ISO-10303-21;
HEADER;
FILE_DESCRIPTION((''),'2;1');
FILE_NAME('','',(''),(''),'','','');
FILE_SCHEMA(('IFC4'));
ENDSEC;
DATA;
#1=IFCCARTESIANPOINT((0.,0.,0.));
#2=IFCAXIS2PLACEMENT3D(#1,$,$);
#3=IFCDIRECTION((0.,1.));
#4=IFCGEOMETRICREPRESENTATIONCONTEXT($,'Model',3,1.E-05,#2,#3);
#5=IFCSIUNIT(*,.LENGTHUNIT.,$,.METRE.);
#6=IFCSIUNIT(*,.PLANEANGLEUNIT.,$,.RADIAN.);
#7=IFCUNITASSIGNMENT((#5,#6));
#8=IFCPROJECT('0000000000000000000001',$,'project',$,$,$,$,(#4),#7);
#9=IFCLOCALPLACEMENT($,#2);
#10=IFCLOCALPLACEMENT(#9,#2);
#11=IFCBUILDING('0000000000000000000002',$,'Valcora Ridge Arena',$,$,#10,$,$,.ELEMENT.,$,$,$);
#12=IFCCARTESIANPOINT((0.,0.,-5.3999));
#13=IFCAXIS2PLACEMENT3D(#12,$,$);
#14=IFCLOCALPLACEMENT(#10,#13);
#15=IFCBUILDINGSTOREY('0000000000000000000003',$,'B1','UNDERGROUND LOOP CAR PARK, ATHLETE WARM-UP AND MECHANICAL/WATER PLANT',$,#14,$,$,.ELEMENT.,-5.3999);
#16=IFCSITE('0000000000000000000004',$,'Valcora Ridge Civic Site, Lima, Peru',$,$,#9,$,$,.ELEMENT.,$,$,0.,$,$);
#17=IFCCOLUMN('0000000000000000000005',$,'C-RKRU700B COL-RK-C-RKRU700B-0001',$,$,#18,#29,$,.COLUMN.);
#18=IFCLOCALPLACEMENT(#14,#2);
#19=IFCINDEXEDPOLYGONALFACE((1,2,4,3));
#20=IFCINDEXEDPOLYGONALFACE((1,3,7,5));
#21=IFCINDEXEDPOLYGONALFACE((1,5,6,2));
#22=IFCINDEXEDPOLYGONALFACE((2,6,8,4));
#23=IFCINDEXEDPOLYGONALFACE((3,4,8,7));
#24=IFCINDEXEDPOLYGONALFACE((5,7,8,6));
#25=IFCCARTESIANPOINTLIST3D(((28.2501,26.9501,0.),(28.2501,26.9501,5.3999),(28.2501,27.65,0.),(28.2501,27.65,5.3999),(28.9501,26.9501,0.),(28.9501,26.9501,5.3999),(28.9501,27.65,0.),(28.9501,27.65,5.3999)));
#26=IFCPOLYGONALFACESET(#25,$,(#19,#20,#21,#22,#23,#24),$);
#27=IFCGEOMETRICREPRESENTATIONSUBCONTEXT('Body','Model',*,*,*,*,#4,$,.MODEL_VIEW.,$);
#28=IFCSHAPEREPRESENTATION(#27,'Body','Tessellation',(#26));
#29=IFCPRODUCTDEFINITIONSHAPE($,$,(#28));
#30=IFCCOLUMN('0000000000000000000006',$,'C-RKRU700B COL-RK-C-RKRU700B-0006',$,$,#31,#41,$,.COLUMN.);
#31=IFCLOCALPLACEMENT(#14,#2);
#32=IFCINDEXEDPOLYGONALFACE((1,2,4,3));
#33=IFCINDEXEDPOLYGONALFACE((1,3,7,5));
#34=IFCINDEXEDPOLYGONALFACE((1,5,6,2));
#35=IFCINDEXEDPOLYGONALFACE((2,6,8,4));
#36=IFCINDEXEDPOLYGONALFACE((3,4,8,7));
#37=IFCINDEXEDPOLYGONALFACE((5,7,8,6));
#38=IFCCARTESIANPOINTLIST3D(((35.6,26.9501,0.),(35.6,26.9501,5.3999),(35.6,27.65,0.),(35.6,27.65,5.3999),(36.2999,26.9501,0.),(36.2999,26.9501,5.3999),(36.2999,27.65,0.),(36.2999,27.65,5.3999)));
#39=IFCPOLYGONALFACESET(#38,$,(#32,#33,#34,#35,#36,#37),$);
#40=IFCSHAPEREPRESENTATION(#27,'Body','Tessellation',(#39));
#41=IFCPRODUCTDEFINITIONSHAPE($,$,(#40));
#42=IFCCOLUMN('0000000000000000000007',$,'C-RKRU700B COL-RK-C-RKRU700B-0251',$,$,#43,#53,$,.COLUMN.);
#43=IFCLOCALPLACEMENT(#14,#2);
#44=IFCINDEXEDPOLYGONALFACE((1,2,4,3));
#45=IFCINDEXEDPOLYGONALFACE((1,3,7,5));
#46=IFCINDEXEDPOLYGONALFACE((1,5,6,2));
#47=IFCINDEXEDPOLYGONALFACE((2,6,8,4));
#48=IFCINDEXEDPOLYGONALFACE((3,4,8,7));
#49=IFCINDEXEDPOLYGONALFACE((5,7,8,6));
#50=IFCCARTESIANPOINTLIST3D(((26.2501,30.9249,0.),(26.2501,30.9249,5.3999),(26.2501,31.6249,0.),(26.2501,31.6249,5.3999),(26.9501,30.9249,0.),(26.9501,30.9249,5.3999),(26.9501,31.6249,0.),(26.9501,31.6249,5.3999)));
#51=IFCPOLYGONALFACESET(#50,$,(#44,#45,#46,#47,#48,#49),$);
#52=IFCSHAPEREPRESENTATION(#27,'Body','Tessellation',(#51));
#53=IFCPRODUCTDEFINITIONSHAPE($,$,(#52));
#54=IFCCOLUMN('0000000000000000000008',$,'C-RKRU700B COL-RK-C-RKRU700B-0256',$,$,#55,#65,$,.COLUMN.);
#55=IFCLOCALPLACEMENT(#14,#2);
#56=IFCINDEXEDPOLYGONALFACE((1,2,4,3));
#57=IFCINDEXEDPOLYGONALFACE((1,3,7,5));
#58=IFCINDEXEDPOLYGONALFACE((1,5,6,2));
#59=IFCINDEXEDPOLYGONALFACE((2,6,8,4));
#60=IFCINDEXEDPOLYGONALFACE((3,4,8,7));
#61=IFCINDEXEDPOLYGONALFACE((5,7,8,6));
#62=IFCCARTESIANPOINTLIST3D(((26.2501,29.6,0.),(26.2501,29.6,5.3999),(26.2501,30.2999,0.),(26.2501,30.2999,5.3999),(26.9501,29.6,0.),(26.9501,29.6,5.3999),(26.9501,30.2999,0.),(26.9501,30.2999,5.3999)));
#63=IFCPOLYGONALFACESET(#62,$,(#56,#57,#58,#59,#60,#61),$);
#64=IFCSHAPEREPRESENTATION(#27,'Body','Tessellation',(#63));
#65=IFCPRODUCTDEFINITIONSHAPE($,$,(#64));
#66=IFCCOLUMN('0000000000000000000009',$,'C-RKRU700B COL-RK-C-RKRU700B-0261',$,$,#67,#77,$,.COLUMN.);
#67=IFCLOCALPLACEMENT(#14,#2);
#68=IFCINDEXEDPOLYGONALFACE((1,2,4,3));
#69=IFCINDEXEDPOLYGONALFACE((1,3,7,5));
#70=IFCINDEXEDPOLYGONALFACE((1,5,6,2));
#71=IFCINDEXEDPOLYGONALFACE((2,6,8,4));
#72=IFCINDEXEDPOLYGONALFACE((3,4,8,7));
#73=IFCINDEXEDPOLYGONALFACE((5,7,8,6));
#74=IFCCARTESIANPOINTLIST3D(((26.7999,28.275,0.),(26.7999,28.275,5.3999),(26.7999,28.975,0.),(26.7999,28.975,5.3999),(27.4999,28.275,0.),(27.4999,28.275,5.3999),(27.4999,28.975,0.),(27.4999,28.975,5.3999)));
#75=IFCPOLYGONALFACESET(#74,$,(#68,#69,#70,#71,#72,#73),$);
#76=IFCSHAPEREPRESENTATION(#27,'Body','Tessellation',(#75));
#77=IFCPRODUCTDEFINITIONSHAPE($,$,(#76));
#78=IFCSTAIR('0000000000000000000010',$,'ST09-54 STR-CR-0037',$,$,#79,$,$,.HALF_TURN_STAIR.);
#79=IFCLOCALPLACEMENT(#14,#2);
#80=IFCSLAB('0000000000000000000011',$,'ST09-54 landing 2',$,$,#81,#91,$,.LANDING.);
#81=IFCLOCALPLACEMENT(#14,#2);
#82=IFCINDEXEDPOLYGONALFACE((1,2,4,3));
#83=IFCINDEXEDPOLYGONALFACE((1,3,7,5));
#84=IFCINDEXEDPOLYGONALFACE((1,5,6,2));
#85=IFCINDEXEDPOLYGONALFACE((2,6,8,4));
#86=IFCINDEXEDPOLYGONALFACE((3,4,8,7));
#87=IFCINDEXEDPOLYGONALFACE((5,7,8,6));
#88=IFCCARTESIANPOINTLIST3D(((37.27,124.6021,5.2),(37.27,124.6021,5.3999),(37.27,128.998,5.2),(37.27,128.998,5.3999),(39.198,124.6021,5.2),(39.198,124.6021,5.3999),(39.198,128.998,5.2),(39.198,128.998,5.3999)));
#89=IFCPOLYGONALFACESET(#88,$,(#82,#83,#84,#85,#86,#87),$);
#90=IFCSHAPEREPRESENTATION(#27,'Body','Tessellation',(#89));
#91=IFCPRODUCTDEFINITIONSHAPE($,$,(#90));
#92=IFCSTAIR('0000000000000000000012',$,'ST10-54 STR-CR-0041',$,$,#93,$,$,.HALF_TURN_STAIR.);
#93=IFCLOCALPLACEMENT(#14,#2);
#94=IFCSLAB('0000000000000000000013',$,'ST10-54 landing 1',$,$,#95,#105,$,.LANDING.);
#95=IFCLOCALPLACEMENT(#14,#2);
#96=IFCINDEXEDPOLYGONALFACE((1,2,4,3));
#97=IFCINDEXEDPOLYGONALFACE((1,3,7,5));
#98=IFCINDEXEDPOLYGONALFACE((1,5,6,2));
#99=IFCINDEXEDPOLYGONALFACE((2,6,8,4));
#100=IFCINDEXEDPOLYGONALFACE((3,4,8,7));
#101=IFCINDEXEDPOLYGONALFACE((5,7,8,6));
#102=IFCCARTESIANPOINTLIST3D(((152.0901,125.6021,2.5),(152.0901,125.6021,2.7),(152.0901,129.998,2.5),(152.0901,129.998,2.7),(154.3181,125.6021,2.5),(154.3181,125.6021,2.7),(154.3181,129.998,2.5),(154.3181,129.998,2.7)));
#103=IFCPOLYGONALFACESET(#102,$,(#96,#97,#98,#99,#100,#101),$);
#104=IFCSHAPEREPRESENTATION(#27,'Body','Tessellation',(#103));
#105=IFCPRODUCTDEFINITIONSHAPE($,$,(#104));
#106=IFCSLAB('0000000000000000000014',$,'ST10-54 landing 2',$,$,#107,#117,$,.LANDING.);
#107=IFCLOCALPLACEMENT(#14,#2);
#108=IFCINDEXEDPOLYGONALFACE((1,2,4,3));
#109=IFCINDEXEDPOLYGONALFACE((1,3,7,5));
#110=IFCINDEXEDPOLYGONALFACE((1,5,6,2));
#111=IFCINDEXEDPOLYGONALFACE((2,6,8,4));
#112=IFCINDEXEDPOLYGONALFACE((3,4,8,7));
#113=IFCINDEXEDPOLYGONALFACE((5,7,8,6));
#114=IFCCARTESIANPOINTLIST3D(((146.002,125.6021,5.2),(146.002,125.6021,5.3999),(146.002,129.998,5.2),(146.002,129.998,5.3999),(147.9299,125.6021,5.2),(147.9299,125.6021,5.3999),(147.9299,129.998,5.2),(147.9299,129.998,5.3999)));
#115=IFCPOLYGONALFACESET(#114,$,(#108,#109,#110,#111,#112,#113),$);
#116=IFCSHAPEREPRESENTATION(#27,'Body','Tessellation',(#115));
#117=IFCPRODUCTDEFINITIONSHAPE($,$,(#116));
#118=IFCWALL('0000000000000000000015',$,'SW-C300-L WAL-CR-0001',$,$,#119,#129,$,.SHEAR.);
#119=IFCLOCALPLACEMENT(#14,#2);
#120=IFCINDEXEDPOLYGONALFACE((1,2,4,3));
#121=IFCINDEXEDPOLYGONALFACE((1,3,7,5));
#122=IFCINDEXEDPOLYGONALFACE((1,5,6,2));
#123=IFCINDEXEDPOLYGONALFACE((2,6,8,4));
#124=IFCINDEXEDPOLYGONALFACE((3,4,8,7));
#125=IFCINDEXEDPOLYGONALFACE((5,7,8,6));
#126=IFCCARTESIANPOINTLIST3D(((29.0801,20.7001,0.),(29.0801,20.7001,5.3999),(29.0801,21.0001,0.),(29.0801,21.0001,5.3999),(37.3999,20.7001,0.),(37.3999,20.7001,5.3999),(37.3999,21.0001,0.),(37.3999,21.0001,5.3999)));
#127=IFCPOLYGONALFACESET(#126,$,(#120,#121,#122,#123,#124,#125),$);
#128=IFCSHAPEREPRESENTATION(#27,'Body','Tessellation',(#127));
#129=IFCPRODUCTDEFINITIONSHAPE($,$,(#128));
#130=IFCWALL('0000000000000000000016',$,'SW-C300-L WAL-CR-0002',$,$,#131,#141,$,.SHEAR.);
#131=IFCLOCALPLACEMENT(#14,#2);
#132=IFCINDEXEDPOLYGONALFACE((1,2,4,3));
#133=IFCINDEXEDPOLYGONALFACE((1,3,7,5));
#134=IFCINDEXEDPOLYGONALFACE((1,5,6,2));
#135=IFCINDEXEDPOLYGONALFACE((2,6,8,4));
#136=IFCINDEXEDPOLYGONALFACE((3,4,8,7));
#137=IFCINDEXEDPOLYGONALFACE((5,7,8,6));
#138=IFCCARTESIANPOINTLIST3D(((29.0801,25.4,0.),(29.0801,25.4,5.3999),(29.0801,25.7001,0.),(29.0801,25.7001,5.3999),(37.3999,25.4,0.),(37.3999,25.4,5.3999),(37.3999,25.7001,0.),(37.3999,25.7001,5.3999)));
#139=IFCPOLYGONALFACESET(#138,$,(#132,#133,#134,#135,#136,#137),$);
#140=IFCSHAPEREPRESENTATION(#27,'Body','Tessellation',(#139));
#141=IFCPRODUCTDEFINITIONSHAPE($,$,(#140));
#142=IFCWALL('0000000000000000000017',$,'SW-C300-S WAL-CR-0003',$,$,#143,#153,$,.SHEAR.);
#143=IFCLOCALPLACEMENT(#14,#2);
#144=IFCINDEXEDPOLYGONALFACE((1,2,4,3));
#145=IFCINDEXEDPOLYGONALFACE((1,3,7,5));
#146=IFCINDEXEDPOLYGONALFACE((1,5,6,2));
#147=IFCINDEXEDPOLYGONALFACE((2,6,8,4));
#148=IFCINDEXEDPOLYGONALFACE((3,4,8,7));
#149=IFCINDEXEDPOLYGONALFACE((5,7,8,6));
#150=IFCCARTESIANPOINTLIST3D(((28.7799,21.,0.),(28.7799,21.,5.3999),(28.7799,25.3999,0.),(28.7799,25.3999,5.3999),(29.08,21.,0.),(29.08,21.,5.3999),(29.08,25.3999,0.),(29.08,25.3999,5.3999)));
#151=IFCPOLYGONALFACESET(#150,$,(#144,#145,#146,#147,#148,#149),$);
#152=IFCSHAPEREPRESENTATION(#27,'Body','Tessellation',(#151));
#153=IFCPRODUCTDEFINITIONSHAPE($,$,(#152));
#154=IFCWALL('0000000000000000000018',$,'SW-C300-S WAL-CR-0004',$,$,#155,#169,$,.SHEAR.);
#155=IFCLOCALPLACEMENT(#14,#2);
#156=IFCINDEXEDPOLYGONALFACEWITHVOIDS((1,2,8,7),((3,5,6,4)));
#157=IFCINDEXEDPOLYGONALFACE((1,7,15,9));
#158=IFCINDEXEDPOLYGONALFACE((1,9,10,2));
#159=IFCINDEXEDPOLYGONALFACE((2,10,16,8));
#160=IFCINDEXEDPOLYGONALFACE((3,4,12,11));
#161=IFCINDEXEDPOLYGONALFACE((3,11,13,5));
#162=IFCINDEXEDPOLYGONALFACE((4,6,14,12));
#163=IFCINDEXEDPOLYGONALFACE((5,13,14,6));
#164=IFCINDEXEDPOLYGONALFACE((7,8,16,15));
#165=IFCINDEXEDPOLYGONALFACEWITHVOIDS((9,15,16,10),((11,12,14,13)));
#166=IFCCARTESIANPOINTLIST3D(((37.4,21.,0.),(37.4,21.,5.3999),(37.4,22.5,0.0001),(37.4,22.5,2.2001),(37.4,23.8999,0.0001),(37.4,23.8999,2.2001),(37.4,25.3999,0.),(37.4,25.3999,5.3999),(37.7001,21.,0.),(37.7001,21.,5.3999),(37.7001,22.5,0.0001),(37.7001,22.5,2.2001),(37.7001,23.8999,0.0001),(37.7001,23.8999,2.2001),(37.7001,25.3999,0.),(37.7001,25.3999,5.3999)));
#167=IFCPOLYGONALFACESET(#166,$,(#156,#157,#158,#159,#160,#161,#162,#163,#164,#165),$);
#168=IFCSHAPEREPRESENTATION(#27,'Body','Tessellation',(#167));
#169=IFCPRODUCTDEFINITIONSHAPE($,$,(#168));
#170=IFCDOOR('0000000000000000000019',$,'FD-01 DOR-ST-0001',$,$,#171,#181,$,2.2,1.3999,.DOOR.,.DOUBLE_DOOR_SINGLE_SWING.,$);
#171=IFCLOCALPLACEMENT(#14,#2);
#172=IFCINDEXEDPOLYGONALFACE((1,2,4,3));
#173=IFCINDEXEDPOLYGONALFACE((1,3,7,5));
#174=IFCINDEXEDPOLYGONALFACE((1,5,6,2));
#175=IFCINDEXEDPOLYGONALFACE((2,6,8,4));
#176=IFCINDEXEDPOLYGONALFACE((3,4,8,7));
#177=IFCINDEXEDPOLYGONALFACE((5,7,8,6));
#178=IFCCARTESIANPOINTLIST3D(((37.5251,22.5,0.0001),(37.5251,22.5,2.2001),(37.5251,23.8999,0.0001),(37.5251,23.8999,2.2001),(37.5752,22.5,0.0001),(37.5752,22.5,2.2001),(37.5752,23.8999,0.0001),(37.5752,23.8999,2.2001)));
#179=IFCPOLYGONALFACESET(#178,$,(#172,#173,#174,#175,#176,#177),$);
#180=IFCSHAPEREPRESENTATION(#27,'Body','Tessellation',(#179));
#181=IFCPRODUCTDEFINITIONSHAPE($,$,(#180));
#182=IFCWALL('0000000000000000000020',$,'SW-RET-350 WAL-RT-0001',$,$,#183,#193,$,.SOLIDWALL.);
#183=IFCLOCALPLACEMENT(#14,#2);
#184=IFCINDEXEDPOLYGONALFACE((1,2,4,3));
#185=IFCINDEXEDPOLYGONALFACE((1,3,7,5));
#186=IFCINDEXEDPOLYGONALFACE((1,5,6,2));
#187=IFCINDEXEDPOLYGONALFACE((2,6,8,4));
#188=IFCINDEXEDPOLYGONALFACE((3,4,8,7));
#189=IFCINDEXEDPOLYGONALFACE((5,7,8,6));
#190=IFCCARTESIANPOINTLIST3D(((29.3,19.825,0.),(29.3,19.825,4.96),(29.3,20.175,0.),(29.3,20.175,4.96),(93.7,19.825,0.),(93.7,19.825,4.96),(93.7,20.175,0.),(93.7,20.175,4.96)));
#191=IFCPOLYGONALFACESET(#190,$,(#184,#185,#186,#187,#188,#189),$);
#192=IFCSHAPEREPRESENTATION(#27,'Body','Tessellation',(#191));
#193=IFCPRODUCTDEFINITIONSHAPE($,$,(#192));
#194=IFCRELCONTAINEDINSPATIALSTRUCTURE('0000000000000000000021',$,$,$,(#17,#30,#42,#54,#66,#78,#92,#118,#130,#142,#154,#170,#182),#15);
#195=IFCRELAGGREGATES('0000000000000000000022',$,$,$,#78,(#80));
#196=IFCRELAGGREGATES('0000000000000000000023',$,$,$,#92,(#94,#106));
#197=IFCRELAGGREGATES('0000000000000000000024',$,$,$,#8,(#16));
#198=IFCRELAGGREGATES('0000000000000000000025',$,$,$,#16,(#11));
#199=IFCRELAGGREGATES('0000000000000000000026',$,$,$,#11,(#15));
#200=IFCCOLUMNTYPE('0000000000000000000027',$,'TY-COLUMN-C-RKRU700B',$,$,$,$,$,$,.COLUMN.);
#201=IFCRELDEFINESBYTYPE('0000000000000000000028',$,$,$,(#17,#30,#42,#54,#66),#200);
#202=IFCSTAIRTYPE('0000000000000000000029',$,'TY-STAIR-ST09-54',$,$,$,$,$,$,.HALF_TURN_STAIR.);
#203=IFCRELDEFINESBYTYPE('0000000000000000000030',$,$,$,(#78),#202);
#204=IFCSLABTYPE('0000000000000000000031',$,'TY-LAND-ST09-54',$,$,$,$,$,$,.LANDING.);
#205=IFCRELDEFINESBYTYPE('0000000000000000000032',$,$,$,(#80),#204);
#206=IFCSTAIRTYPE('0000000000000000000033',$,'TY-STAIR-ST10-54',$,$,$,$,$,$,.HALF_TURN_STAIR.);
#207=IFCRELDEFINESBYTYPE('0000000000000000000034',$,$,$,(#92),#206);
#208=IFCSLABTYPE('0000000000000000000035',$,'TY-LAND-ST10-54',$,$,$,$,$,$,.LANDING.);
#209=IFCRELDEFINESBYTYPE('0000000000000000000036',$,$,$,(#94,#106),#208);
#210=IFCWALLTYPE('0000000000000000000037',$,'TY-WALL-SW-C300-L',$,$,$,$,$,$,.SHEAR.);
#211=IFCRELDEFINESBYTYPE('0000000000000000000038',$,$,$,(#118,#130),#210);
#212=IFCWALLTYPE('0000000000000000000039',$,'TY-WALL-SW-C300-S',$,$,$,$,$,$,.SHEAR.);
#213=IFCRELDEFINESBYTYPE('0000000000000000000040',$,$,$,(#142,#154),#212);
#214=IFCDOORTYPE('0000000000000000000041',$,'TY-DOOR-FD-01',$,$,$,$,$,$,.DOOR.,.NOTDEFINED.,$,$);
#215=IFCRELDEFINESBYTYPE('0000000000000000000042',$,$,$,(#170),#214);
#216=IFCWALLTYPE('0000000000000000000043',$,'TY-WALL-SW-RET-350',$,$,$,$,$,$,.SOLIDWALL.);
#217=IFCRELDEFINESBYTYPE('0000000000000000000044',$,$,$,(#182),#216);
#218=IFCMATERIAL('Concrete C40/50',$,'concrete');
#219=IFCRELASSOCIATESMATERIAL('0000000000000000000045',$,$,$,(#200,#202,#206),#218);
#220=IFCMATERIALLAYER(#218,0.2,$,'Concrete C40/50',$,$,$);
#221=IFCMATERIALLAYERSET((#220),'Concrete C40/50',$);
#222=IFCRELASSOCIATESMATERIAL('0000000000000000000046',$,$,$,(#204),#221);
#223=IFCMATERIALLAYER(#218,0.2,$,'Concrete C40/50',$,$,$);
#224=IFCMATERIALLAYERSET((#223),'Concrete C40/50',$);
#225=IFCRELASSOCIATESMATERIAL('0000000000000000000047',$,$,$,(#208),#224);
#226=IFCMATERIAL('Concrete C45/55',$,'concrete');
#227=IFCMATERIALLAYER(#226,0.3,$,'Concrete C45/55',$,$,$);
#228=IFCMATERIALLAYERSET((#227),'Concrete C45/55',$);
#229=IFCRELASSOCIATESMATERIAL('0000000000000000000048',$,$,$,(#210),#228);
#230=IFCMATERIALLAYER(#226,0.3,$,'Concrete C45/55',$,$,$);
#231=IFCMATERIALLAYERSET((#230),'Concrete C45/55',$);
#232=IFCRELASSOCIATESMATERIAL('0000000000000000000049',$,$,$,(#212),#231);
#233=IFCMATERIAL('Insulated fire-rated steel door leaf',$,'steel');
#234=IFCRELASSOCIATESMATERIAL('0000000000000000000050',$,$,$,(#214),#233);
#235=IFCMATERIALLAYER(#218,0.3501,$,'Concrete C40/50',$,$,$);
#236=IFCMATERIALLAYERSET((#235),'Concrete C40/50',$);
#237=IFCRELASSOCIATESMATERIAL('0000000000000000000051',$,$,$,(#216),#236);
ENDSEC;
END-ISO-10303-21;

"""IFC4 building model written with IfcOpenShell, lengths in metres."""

from ifc_helpers import new_model, si_unit, direction, frame, frame_2d, origin, origin_2d, place, context, subcontext, project, spatial, polyline, rectangle, outline, extrude, material, layer, layer_set, material_profile, profile_set, type_object, element, fill, aggregate, save


model = new_model("IFC4")

# Units and contexts
model_context = context("Model", 3, precision=1e-05, world=origin(), true_north=direction((0.0, 1.0)))
body_context = subcontext(model_context, "Body", "Model", "MODEL_VIEW")
ifc_project = project(units=[si_unit("LENGTHUNIT", "METRE"), si_unit("PLANEANGLEUNIT", "RADIAN")], contexts=[model_context])

# Site, building, storey
site_placement = place(None, origin())
site = spatial("IfcSite", under=ifc_project, at=site_placement, Name="Valcora Ridge Civic Site, Lima, Peru", CompositionType="ELEMENT", RefElevation=0.0)
building_placement = place(site_placement, origin())
building = spatial("IfcBuilding", under=site, at=building_placement, Name="Valcora Ridge Arena", CompositionType="ELEMENT")
storey_placement = place(building_placement, frame((0.0, 0.0, -5.3999)))
storey = spatial("IfcBuildingStorey", under=building, at=storey_placement, Name="B1", Description="UNDERGROUND LOOP CAR PARK, ATHLETE WARM-UP AND MECHANICAL/WATER PLANT", CompositionType="ELEMENT", Elevation=-5.3999)

# Shared definitions
ifc_material_1 = material(Name="Concrete C40/50", Category="concrete")

# Columns
ifc_material_profile_1 = material_profile(ifc_material_1, rectangle(XDim=0.7, YDim=0.7, at=origin_2d()), Name="RC 700x700")
ifc_profile_set_1 = profile_set([ifc_material_profile_1], Name="Concrete C40/50")
column_type_1 = type_object("IfcColumnType", Name="TY-COLUMN-C-RKRU700B", PredefinedType="COLUMN", material=ifc_profile_set_1)
for number, where, z_axis, x_axis, name in (
    (1, (28.6001, 27.3, 0.0), (0.0, 0.0, 1.0), (1.0, 0.0, 0.0), "C-RKRU700B COL-RK-C-RKRU700B-0001"),
    (2, (35.95, 27.3, 0.0), (0.0, 0.0, 1.0), (1.0, 0.0, 0.0), "C-RKRU700B COL-RK-C-RKRU700B-0006"),
    (3, (26.6001, 31.2749, 0.0), (0.0, 0.0, 1.0), (1.0, 0.0, 0.0), "C-RKRU700B COL-RK-C-RKRU700B-0251"),
    (4, (26.6001, 29.95, 0.0), (0.0, 0.0, 1.0), (1.0, 0.0, 0.0), "C-RKRU700B COL-RK-C-RKRU700B-0256"),
    (5, (27.1499, 28.625, 0.0), (0.0, 0.0, 1.0), (1.0, 0.0, 0.0), "C-RKRU700B COL-RK-C-RKRU700B-0261"),
):
    element("IfcColumn", number, at=place(storey_placement, frame(where, z_axis=z_axis, x_axis=x_axis)), inside=storey, type_object=column_type_1, Name=name, PredefinedType="COLUMN", context=body_context, shape_type="SweptSolid", body=[
        extrude(rectangle(XDim=0.7, YDim=0.7, at=origin_2d()), origin(), (0.0, 0.0, 1.0), 5.3999),
    ])

# Stair, slab
stair_type_1 = type_object("IfcStairType", Name="TY-STAIR-ST09-54", PredefinedType="HALF_TURN_STAIR", material=ifc_material_1)
stair_1_placement = place(storey_placement, origin())
stair_1 = element("IfcStair", 6, at=stair_1_placement, inside=storey, type_object=stair_type_1, Name="ST09-54 STR-CR-0037", PredefinedType="HALF_TURN_STAIR")
ifc_layer_1 = layer(ifc_material_1, 0.2, Name="Concrete C40/50")
ifc_layer_set_1 = layer_set([ifc_layer_1], Name="Concrete C40/50")
slab_type_1 = type_object("IfcSlabType", Name="TY-LAND-ST09-54", PredefinedType="LANDING", material=ifc_layer_set_1)
slab_1_placement = place(storey_placement, frame((0.0, 0.0, 5.2)))
slab_1 = element("IfcSlab", 7, at=slab_1_placement, type_object=slab_type_1, Name="ST09-54 landing 2", PredefinedType="LANDING", context=body_context, shape_type="SweptSolid", body=[
    extrude(outline(polyline([(37.27, 124.6021), (39.198, 124.6021), (39.198, 128.998), (37.27, 128.998), (37.27, 124.6021)])), origin(), (0.0, 0.0, 1.0), 0.2),
])
aggregate(stair_1, [slab_1])

# Stair, slabs
stair_type_2 = type_object("IfcStairType", Name="TY-STAIR-ST10-54", PredefinedType="HALF_TURN_STAIR", material=ifc_material_1)
stair_2_placement = place(storey_placement, origin())
stair_2 = element("IfcStair", 8, at=stair_2_placement, inside=storey, type_object=stair_type_2, Name="ST10-54 STR-CR-0041", PredefinedType="HALF_TURN_STAIR")
ifc_layer_2 = layer(ifc_material_1, 0.2, Name="Concrete C40/50")
ifc_layer_set_2 = layer_set([ifc_layer_2], Name="Concrete C40/50")
slab_type_2 = type_object("IfcSlabType", Name="TY-LAND-ST10-54", PredefinedType="LANDING", material=ifc_layer_set_2)
slab_2_placement = place(storey_placement, frame((0.0, 0.0, 2.5)))
slab_2 = element("IfcSlab", 9, at=slab_2_placement, type_object=slab_type_2, Name="ST10-54 landing 1", PredefinedType="LANDING", context=body_context, shape_type="SweptSolid", body=[
    extrude(outline(polyline([(152.0901, 125.6021), (154.3181, 125.6021), (154.3181, 129.998), (152.0901, 129.998), (152.0901, 125.6021)])), origin(), (0.0, 0.0, 1.0), 0.2),
])
slab_3_placement = place(storey_placement, frame((0.0, 0.0, 5.2)))
slab_3 = element("IfcSlab", 10, at=slab_3_placement, type_object=slab_type_2, Name="ST10-54 landing 2", PredefinedType="LANDING", context=body_context, shape_type="SweptSolid", body=[
    extrude(outline(polyline([(146.002, 125.6021), (147.9299, 125.6021), (147.9299, 129.998), (146.002, 129.998), (146.002, 125.6021)])), origin(), (0.0, 0.0, 1.0), 0.2),
])
aggregate(stair_2, [slab_2, slab_3])

# Walls
ifc_material_2 = material(Name="Concrete C45/55", Category="concrete")
ifc_layer_3 = layer(ifc_material_2, 0.3, Name="Concrete C45/55")
ifc_layer_set_3 = layer_set([ifc_layer_3], Name="Concrete C45/55")
wall_type_1 = type_object("IfcWallType", Name="TY-WALL-SW-C300-L", PredefinedType="SHEAR", material=ifc_layer_set_3)
for number, where, z_axis, x_axis, name in (
    (11, (29.0801, 20.8501, 0.0), (0.0, 0.0, 1.0), (1.0, 0.0, 0.0), "SW-C300-L WAL-CR-0001"),
    (12, (29.0801, 25.55, 0.0), (0.0, 0.0, 1.0), (1.0, 0.0, 0.0), "SW-C300-L WAL-CR-0002"),
):
    element("IfcWall", number, at=place(storey_placement, frame(where, z_axis=z_axis, x_axis=x_axis)), inside=storey, type_object=wall_type_1, Name=name, PredefinedType="SHEAR", context=body_context, shape_type="SweptSolid", body=[
        extrude(rectangle(XDim=8.3198, YDim=0.3, at=frame_2d((4.1599, 0.0))), origin(), (0.0, 0.0, 1.0), 5.3999),
    ])
ifc_layer_4 = layer(ifc_material_2, 0.3, Name="Concrete C45/55")
ifc_layer_set_4 = layer_set([ifc_layer_4], Name="Concrete C45/55")
wall_type_2 = type_object("IfcWallType", Name="TY-WALL-SW-C300-S", PredefinedType="SHEAR", material=ifc_layer_set_4)
wall_1_placement = place(storey_placement, frame((28.9299, 21.0, 0.0), z_axis=(0.0, 0.0, 1.0), x_axis=(0.0, 1.0, 0.0)))
element("IfcWall", 13, at=wall_1_placement, inside=storey, type_object=wall_type_2, Name="SW-C300-S WAL-CR-0003", PredefinedType="SHEAR", context=body_context, shape_type="SweptSolid", body=[
    extrude(rectangle(XDim=4.3999, YDim=0.3, at=frame_2d((2.2, 0.0))), origin(), (0.0, 0.0, 1.0), 5.3999),
])

# Wall, opening, door
wall_2_placement = place(storey_placement, frame((37.55, 21.0, 0.0), z_axis=(0.0, 0.0, 1.0), x_axis=(0.0, 1.0, 0.0)))
wall_2 = element("IfcWall", 14, at=wall_2_placement, inside=storey, type_object=wall_type_2, Name="SW-C300-S WAL-CR-0004", PredefinedType="SHEAR", context=body_context, shape_type="SweptSolid", body=[
    extrude(rectangle(XDim=4.3999, YDim=0.3, at=frame_2d((2.2, 0.0))), origin(), (0.0, 0.0, 1.0), 5.3999),
])
opening_placement = place(wall_2_placement, frame((1.5, 0.0, 0.0)))
opening = element("IfcOpeningElement", 15, at=opening_placement, cuts=wall_2, PredefinedType="OPENING", context=body_context, shape_type="SweptSolid", body=[
    extrude(rectangle(XDim=1.3999, YDim=2.2, at=frame_2d((0.7, 1.1001))), frame((0.0, 0.1599, 0.0), z_axis=(0.0, -1.0, 0.0), x_axis=(1.0, 0.0, 0.0)), (0.0, 0.0, 1.0), 0.3201),
])
ifc_material_3 = material(Name="Insulated fire-rated steel door leaf", Category="steel")
door_type = type_object("IfcDoorType", Name="TY-DOOR-FD-01", OperationType="NOTDEFINED", PredefinedType="DOOR", material=ifc_material_3)
door_placement = place(opening_placement, origin())
door = element("IfcDoor", 16, at=door_placement, inside=storey, type_object=door_type, Name="FD-01 DOR-ST-0001", OperationType="DOUBLE_DOOR_SINGLE_SWING", OverallHeight=2.2, OverallWidth=1.3999, PredefinedType="DOOR", context=body_context, shape_type="SweptSolid", body=[
    extrude(rectangle(XDim=1.3999, YDim=2.2, at=frame_2d((0.7, 1.1001))), frame((0.0, 0.0249, 0.0), z_axis=(0.0, -1.0, 0.0), x_axis=(1.0, 0.0, 0.0)), (0.0, 0.0, 1.0), 0.05),
])
fill(opening, door)

# Wall
ifc_layer_5 = layer(ifc_material_1, 0.3501, Name="Concrete C40/50")
ifc_layer_set_5 = layer_set([ifc_layer_5], Name="Concrete C40/50")
wall_type_3 = type_object("IfcWallType", Name="TY-WALL-SW-RET-350", PredefinedType="SOLIDWALL", material=ifc_layer_set_5)
wall_3_placement = place(storey_placement, frame((29.3, 20.0, 0.0), z_axis=(0.0, 0.0, 1.0), x_axis=(1.0, 0.0, 0.0)))
element("IfcWall", 17, at=wall_3_placement, inside=storey, type_object=wall_type_3, Name="SW-RET-350 WAL-RT-0001", PredefinedType="SOLIDWALL", context=body_context, shape_type="SweptSolid", body=[
    extrude(rectangle(XDim=64.3999, YDim=0.3501, at=frame_2d((32.2, 0.0))), origin(), (0.0, 0.0, 1.0), 4.96),
])

save(model, "model.ifc")
